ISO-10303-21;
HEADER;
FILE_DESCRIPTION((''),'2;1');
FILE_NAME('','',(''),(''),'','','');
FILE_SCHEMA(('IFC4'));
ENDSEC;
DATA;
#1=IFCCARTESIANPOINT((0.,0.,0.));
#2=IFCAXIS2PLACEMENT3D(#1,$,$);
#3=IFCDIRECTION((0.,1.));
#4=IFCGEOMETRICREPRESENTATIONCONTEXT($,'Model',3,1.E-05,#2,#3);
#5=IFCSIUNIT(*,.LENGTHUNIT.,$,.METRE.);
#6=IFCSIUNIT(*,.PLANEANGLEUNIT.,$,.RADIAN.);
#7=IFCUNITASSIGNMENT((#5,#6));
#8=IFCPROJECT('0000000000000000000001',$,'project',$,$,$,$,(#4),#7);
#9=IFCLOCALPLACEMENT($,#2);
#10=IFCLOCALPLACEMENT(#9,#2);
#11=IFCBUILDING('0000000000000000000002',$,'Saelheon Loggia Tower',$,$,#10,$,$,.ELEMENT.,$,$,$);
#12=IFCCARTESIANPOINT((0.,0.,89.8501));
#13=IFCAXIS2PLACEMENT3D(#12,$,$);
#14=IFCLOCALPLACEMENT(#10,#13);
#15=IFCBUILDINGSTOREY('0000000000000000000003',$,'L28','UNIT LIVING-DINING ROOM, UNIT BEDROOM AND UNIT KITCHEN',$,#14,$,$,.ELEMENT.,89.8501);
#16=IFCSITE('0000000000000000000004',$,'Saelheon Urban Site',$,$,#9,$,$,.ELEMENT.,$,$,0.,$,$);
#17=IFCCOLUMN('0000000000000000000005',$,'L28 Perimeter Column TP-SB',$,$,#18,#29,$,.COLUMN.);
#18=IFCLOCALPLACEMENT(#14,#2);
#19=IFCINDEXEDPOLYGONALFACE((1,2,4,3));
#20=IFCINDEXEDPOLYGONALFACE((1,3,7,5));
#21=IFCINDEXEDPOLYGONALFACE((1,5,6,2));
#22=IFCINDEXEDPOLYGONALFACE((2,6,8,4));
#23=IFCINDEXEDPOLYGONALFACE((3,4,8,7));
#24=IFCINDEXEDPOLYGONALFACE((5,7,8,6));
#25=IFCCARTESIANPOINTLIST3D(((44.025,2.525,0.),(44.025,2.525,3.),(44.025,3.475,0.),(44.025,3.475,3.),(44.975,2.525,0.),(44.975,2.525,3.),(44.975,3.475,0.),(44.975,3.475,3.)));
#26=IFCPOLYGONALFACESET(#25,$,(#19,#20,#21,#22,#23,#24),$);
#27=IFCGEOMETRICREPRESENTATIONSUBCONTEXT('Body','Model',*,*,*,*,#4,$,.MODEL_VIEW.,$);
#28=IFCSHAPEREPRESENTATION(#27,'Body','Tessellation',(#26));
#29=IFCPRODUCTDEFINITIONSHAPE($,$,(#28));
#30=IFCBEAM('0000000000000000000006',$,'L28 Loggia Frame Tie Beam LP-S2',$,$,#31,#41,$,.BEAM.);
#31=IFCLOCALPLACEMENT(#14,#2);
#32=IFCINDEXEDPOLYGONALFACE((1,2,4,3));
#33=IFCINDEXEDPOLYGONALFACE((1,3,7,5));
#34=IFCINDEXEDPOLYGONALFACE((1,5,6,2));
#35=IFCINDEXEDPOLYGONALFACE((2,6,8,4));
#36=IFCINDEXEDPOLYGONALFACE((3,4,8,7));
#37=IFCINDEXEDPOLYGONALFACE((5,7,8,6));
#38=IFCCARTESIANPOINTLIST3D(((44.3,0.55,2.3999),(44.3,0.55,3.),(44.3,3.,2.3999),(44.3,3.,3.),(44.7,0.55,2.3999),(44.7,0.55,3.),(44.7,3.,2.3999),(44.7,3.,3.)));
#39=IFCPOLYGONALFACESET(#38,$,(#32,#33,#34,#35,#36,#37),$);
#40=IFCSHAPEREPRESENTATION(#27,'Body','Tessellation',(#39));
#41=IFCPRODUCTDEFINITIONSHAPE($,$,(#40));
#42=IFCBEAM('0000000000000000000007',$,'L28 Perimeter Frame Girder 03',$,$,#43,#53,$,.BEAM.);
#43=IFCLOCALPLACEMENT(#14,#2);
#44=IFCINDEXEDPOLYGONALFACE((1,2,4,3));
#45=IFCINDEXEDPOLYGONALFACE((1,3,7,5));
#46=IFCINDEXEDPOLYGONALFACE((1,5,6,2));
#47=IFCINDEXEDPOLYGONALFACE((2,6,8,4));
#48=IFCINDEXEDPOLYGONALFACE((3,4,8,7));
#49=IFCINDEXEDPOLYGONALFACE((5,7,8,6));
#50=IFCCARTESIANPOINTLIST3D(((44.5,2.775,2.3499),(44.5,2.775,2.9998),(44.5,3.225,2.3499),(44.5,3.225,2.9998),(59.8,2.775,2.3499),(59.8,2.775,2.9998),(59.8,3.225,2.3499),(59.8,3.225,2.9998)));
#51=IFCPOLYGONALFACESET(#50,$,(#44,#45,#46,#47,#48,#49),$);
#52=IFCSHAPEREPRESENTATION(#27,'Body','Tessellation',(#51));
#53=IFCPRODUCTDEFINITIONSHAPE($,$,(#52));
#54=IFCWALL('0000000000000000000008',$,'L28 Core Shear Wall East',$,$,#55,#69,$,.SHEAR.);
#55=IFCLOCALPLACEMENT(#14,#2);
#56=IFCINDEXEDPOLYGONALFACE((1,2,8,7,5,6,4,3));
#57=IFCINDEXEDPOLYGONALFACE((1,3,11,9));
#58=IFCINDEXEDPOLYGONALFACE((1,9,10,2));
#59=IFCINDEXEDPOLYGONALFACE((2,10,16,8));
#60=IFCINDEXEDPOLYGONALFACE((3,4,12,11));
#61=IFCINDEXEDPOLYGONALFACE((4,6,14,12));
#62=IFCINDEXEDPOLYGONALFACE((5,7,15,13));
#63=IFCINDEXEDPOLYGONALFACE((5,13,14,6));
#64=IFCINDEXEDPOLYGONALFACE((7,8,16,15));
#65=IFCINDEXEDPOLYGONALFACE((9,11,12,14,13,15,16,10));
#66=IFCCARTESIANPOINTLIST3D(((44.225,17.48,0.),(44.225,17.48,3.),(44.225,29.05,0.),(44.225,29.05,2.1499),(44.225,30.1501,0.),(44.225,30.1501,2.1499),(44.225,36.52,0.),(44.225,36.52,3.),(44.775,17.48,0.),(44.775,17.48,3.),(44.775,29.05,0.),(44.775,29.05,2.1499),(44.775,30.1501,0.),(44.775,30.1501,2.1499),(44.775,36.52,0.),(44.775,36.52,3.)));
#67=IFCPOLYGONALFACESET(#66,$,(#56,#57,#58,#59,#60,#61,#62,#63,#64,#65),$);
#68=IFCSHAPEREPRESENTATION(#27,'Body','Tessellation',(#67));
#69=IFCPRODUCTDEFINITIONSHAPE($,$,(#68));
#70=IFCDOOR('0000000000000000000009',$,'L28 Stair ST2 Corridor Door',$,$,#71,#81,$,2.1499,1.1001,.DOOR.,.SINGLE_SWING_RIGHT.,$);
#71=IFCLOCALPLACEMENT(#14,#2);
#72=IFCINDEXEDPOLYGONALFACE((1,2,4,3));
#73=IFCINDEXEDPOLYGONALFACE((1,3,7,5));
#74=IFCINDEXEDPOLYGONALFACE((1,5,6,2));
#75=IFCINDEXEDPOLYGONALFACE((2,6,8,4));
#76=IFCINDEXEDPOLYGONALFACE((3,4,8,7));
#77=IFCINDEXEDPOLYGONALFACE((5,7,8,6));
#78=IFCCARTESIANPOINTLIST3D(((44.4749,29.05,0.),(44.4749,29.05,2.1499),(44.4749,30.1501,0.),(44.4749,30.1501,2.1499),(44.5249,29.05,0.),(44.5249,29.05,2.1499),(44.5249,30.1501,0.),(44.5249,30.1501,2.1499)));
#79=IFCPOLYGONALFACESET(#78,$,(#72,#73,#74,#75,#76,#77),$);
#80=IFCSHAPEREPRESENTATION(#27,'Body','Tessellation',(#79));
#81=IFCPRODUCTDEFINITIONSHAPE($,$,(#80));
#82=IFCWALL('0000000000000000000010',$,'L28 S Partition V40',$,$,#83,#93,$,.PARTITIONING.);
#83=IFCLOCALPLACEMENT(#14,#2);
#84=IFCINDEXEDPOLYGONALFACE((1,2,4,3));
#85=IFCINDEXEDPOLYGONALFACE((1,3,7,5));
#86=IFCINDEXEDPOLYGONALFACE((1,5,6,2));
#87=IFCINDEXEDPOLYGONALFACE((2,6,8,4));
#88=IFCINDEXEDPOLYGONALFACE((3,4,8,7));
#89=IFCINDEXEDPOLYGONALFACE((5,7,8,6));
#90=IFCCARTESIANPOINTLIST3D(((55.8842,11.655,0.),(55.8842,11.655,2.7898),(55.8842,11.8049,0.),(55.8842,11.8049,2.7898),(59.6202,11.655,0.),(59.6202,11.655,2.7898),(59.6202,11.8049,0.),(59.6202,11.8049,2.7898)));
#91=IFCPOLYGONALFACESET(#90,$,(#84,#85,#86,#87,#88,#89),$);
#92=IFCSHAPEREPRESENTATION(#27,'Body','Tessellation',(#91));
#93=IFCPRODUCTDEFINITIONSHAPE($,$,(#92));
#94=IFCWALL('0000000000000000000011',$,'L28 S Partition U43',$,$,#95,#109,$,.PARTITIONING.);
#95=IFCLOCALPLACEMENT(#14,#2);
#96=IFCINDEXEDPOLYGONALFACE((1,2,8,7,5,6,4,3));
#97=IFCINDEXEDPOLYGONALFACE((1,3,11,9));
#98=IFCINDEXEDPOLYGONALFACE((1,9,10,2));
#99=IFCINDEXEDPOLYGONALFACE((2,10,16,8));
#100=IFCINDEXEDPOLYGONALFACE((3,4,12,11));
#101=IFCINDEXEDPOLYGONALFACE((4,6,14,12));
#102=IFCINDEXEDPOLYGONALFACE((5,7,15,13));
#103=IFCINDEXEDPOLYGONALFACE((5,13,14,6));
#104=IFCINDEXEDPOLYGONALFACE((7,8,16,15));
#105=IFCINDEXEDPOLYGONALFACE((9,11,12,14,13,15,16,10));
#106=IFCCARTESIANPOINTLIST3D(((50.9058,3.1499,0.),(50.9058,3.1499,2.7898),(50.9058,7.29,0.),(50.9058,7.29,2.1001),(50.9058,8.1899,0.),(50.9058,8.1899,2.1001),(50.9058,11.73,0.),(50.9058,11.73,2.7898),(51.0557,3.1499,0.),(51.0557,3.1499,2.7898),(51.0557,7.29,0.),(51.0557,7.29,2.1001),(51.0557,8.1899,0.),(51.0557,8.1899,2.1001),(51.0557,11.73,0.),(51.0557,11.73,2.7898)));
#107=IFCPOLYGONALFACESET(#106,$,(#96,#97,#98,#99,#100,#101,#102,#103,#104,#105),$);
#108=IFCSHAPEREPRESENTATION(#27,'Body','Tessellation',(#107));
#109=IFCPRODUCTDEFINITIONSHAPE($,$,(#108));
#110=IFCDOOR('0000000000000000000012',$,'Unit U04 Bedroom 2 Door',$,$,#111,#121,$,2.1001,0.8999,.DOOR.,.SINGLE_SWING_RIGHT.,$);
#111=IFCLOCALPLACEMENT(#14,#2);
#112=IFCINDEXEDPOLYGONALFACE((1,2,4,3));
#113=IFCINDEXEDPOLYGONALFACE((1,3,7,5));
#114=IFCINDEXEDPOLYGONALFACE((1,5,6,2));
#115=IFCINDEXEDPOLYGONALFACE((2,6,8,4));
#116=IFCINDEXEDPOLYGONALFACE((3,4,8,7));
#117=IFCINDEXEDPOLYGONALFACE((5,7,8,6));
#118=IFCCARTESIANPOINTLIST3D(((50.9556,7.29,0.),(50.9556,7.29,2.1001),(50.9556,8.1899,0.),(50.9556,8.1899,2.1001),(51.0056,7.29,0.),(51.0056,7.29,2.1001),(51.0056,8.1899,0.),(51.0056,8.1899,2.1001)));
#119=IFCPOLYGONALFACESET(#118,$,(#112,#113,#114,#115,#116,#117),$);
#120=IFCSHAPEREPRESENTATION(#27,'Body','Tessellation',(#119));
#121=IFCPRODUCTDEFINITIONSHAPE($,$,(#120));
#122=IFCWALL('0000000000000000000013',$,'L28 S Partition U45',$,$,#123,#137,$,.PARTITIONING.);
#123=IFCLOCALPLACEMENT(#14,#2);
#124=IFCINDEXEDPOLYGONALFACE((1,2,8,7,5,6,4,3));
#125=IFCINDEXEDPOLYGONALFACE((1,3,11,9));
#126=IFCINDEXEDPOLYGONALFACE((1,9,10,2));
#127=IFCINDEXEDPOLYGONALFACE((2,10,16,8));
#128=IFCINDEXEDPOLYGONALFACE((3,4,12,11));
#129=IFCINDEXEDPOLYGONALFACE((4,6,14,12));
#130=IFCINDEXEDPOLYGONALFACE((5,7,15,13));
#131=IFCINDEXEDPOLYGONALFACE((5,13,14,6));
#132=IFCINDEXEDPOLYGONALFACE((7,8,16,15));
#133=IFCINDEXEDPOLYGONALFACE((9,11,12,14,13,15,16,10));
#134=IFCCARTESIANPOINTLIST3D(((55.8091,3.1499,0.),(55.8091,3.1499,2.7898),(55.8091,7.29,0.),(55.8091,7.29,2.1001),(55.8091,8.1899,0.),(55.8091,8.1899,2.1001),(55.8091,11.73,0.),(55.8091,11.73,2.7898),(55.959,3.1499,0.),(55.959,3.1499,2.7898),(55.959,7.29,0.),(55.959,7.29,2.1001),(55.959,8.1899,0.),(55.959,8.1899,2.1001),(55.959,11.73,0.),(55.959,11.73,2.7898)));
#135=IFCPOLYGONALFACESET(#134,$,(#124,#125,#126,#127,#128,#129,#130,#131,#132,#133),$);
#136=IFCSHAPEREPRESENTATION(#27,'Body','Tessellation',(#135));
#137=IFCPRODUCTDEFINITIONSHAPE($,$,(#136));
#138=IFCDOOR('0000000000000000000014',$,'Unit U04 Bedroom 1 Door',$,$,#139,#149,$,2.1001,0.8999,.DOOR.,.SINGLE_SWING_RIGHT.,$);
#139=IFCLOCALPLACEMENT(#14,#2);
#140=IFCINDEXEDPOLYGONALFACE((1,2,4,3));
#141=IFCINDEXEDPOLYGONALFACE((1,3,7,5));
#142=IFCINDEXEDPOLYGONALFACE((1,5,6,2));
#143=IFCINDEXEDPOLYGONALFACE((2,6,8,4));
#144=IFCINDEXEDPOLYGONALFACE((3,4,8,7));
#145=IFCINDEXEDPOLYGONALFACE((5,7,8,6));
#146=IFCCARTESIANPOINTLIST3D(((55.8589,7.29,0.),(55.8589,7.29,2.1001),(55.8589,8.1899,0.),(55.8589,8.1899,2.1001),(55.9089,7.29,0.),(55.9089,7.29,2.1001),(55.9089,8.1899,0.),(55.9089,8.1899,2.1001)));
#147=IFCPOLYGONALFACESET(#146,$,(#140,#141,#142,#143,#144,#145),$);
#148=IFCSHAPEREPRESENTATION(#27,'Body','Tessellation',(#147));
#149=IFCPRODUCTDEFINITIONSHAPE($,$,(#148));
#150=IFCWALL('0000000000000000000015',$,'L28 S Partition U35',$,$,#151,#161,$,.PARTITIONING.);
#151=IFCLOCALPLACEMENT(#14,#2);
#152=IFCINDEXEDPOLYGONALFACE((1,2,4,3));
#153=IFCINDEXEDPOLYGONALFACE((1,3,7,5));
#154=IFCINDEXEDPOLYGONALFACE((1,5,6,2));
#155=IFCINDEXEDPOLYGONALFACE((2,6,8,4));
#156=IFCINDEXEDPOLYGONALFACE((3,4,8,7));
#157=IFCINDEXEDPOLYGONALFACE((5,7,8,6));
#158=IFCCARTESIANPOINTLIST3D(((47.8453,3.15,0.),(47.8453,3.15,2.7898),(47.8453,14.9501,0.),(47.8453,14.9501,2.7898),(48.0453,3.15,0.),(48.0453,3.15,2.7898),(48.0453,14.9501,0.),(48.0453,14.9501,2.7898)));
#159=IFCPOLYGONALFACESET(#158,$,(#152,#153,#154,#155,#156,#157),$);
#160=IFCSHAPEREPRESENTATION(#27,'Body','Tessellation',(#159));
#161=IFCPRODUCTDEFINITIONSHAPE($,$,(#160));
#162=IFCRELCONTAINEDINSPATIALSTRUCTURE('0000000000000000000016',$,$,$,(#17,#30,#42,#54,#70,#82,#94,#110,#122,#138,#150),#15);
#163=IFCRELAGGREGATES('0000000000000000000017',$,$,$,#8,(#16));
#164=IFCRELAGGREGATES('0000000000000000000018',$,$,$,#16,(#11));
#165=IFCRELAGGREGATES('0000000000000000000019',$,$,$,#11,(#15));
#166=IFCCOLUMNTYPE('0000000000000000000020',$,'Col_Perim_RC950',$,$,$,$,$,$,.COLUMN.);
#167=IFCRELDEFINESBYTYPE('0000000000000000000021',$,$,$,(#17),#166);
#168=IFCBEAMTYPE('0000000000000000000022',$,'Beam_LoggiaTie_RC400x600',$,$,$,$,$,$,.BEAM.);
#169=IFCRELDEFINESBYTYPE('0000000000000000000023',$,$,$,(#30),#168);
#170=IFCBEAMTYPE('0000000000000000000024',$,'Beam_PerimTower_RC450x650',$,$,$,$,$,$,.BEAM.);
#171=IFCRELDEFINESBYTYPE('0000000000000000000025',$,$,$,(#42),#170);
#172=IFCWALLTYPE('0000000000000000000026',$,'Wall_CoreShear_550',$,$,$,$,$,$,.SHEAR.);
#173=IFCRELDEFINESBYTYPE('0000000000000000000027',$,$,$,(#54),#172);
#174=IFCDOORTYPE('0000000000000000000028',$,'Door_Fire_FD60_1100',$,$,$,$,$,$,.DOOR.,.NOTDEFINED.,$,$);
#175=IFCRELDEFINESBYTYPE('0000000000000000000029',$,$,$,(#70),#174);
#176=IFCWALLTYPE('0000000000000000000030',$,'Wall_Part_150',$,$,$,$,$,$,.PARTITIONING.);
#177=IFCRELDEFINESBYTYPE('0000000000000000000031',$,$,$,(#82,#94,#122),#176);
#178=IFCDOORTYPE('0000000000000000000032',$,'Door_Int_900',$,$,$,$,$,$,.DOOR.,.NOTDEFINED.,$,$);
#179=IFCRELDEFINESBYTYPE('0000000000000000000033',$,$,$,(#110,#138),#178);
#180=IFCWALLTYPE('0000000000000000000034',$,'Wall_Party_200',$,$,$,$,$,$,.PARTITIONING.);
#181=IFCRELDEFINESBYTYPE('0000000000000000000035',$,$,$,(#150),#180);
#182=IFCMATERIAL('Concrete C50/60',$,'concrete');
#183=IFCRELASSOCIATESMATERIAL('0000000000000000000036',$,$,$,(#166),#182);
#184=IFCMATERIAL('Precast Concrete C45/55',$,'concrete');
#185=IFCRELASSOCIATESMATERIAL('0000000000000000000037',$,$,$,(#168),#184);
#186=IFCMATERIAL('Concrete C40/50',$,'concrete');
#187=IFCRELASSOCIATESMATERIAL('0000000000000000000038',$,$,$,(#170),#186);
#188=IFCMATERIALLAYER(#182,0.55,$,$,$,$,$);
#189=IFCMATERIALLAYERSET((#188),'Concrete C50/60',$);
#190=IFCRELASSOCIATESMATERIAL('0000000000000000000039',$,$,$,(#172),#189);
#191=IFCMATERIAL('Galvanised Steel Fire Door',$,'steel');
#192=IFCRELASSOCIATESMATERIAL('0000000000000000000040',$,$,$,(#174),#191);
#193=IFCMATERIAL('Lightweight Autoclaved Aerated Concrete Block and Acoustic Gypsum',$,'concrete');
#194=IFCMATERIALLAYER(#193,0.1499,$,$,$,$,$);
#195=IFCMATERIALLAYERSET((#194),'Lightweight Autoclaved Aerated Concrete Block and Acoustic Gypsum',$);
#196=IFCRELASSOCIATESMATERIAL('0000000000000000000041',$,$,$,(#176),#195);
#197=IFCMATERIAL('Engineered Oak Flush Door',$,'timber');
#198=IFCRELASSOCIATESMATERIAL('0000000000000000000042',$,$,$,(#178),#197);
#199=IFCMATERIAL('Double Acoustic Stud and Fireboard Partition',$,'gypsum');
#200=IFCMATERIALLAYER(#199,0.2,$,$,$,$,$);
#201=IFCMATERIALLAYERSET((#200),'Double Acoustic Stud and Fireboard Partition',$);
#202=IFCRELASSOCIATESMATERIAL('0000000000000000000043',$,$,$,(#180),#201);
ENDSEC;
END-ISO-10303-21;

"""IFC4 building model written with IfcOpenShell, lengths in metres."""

from ifc_helpers import new_model, si_unit, direction, frame, frame_2d, origin, origin_2d, place, context, subcontext, project, spatial, rectangle, extrude, source, transform, mapped, material, layer, layer_set, material_profile, profile_set, type_object, element, fill, save


model = new_model("IFC4")

# Units and contexts
model_context = context("Model", 3, precision=1e-05, world=origin(), true_north=direction((0.0, 1.0)))
body_context = subcontext(model_context, "Body", "Model", "MODEL_VIEW")
ifc_project = project(units=[si_unit("LENGTHUNIT", "METRE"), si_unit("PLANEANGLEUNIT", "RADIAN")], contexts=[model_context])

# Site, building, storey
site_placement = place(None, origin())
site = spatial("IfcSite", under=ifc_project, at=site_placement, Name="Saelheon Urban Site", CompositionType="ELEMENT", RefElevation=0.0)
building_placement = place(site_placement, origin())
building = spatial("IfcBuilding", under=site, at=building_placement, Name="Saelheon Loggia Tower", CompositionType="ELEMENT")
storey_placement = place(building_placement, frame((0.0, 0.0, 89.8501)))
storey = spatial("IfcBuildingStorey", under=building, at=storey_placement, Name="L28", Description="UNIT LIVING-DINING ROOM, UNIT BEDROOM AND UNIT KITCHEN", CompositionType="ELEMENT", Elevation=89.8501)

# Column
ifc_material_1 = material(Name="Concrete C50/60", Category="concrete")
ifc_material_profile_1 = material_profile(ifc_material_1, rectangle(XDim=0.95, YDim=0.95, at=origin_2d()), Name="RC-950x950")
ifc_profile_set_1 = profile_set([ifc_material_profile_1], Name="Concrete C50/60")
column_type = type_object("IfcColumnType", Name="Col_Perim_RC950", PredefinedType="COLUMN", material=ifc_profile_set_1)
shared_shape_1 = source(origin(), body_context, "Body", "SweptSolid", [
    extrude(rectangle(XDim=0.95, YDim=0.95, at=origin_2d()), origin(), (0.0, 0.0, 1.0), 3.0),
])
column_placement = place(storey_placement, frame((44.5, 3.0, 0.0), z_axis=(0.0, 0.0, 1.0), x_axis=(1.0, 0.0, 0.0)))
element("IfcColumn", 1, at=column_placement, inside=storey, type_object=column_type, Name="L28 Perimeter Column TP-SB", PredefinedType="COLUMN", context=body_context, shape_type="MappedRepresentation", body=[
    mapped(shared_shape_1, transform((0.0, 0.0, 0.0), scale=1.0)),
])

# Beams
ifc_material_2 = material(Name="Precast Concrete C45/55", Category="concrete")
ifc_material_profile_2 = material_profile(ifc_material_2, rectangle(XDim=0.3999, YDim=0.6001, at=origin_2d()), Name="RC-400x600")
ifc_profile_set_2 = profile_set([ifc_material_profile_2], Name="Precast Concrete C45/55")
beam_type_1 = type_object("IfcBeamType", Name="Beam_LoggiaTie_RC400x600", PredefinedType="BEAM", material=ifc_profile_set_2)
shared_shape_2 = source(origin(), body_context, "Body", "SweptSolid", [
    extrude(rectangle(XDim=0.3999, YDim=0.6001, at=origin_2d()), origin(), (0.0, 0.0, 1.0), 2.45),
])
beam_1_placement = place(storey_placement, frame((44.5, 3.0, 2.7), z_axis=(0.0, -1.0, 0.0), x_axis=(1.0, 0.0, 0.0)))
element("IfcBeam", 2, at=beam_1_placement, inside=storey, type_object=beam_type_1, Name="L28 Loggia Frame Tie Beam LP-S2", PredefinedType="BEAM", context=body_context, shape_type="MappedRepresentation", body=[
    mapped(shared_shape_2, transform((0.0, 0.0, 0.0), scale=1.0)),
])
ifc_material_3 = material(Name="Concrete C40/50", Category="concrete")
ifc_material_profile_3 = material_profile(ifc_material_3, rectangle(XDim=0.45, YDim=0.6499, at=origin_2d()), Name="RC-450x650")
ifc_profile_set_3 = profile_set([ifc_material_profile_3], Name="Concrete C40/50")
beam_type_2 = type_object("IfcBeamType", Name="Beam_PerimTower_RC450x650", PredefinedType="BEAM", material=ifc_profile_set_3)
shared_shape_3 = source(origin(), body_context, "Body", "SweptSolid", [
    extrude(rectangle(XDim=0.45, YDim=0.6499, at=origin_2d()), origin(), (0.0, 0.0, 1.0), 15.3),
])
beam_2_placement = place(storey_placement, frame((44.5, 3.0, 2.6748), z_axis=(1.0, 0.0, 0.0), x_axis=(0.0, 1.0, 0.0)))
element("IfcBeam", 3, at=beam_2_placement, inside=storey, type_object=beam_type_2, Name="L28 Perimeter Frame Girder 03", PredefinedType="BEAM", context=body_context, shape_type="MappedRepresentation", body=[
    mapped(shared_shape_3, transform((0.0, 0.0, 0.0), scale=1.0)),
])

# Wall, opening, door
ifc_layer_1 = layer(ifc_material_1, 0.55)
ifc_layer_set_1 = layer_set([ifc_layer_1], Name="Concrete C50/60")
wall_type_1 = type_object("IfcWallType", Name="Wall_CoreShear_550", PredefinedType="SHEAR", material=ifc_layer_set_1)
wall_1_placement = place(storey_placement, frame((44.5, 17.48, 0.0), z_axis=(0.0, 0.0, 1.0), x_axis=(0.0, 1.0, 0.0)))
wall_1 = element("IfcWall", 4, at=wall_1_placement, inside=storey, type_object=wall_type_1, Name="L28 Core Shear Wall East", PredefinedType="SHEAR", context=body_context, shape_type="SweptSolid", body=[
    extrude(rectangle(XDim=19.04, YDim=0.55, at=frame_2d((9.52, 0.0))), origin(), (0.0, 0.0, 1.0), 3.0),
])
opening_1_placement = place(wall_1_placement, frame((12.6702, 0.0, 0.0), z_axis=(0.0, 0.0, 1.0), x_axis=(-1.0, 0.0, 0.0)))
opening_1 = element("IfcOpeningElement", 5, at=opening_1_placement, cuts=wall_1, PredefinedType="OPENING", context=body_context, shape_type="SweptSolid", body=[
    extrude(rectangle(XDim=1.1001, YDim=2.1499, at=frame_2d((0.55, 1.075))), frame((0.0, 0.2871, 0.0), z_axis=(0.0, -1.0, 0.0), x_axis=(1.0, 0.0, 0.0)), (0.0, 0.0, 1.0), 0.574),
])
ifc_material_4 = material(Name="Galvanised Steel Fire Door", Category="steel")
door_type_1 = type_object("IfcDoorType", Name="Door_Fire_FD60_1100", OperationType="NOTDEFINED", PredefinedType="DOOR", material=ifc_material_4)
shared_shape_4 = source(origin(), body_context, "Body", "SweptSolid", [
    extrude(rectangle(XDim=1.1001, YDim=2.1499, at=frame_2d((0.55, 1.075))), frame((0.0, 0.0249, 0.0), z_axis=(0.0, -1.0, 0.0), x_axis=(1.0, 0.0, 0.0)), (0.0, 0.0, 1.0), 0.05),
])
door_1_placement = place(opening_1_placement, origin())
door_1 = element("IfcDoor", 6, at=door_1_placement, inside=storey, type_object=door_type_1, Name="L28 Stair ST2 Corridor Door", OperationType="SINGLE_SWING_RIGHT", OverallHeight=2.1499, OverallWidth=1.1001, PredefinedType="DOOR", context=body_context, shape_type="MappedRepresentation", body=[
    mapped(shared_shape_4, transform((0.0, 0.0, 0.0), scale=1.0)),
])
fill(opening_1, door_1)

# Wall
ifc_material_5 = material(Name="Lightweight Autoclaved Aerated Concrete Block and Acoustic Gypsum", Category="concrete")
ifc_layer_2 = layer(ifc_material_5, 0.1499)
ifc_layer_set_2 = layer_set([ifc_layer_2], Name="Lightweight Autoclaved Aerated Concrete Block and Acoustic Gypsum")
wall_type_2 = type_object("IfcWallType", Name="Wall_Part_150", PredefinedType="PARTITIONING", material=ifc_layer_set_2)
wall_2_placement = place(storey_placement, frame((55.884, 11.73, 0.0), z_axis=(0.0, 0.0, 1.0), x_axis=(1.0, 0.0, 0.0)))
element("IfcWall", 7, at=wall_2_placement, inside=storey, type_object=wall_type_2, Name="L28 S Partition V40", PredefinedType="PARTITIONING", context=body_context, shape_type="SweptSolid", body=[
    extrude(rectangle(XDim=3.7361, YDim=0.1499, at=frame_2d((1.8682, 0.0))), origin(), (0.0, 0.0, 1.0), 2.7898),
])

# Walls, openings, doors
wall_3_placement = place(storey_placement, frame((50.9807, 11.73, 0.0), z_axis=(0.0, 0.0, 1.0), x_axis=(0.0, -1.0, 0.0)))
wall_3 = element("IfcWall", 8, at=wall_3_placement, inside=storey, type_object=wall_type_2, Name="L28 S Partition U43", PredefinedType="PARTITIONING", context=body_context, shape_type="SweptSolid", body=[
    extrude(rectangle(XDim=8.5801, YDim=0.1499, at=frame_2d((4.29, 0.0))), origin(), (0.0, 0.0, 1.0), 2.7898),
])
opening_2_placement = place(wall_3_placement, frame((3.54, 0.0, 0.0)))
opening_2 = element("IfcOpeningElement", 9, at=opening_2_placement, cuts=wall_3, PredefinedType="OPENING", context=body_context, shape_type="SweptSolid", body=[
    extrude(rectangle(XDim=0.8999, YDim=2.1001, at=frame_2d((0.45, 1.05))), frame((0.0, 0.0869, 0.0), z_axis=(0.0, -1.0, 0.0), x_axis=(1.0, 0.0, 0.0)), (0.0, 0.0, 1.0), 0.1738),
])
ifc_material_6 = material(Name="Engineered Oak Flush Door", Category="timber")
door_type_2 = type_object("IfcDoorType", Name="Door_Int_900", OperationType="NOTDEFINED", PredefinedType="DOOR", material=ifc_material_6)
shared_shape_5 = source(origin(), body_context, "Body", "SweptSolid", [
    extrude(rectangle(XDim=0.8999, YDim=2.1001, at=frame_2d((0.45, 1.05))), frame((0.0, 0.0249, 0.0), z_axis=(0.0, -1.0, 0.0), x_axis=(1.0, 0.0, 0.0)), (0.0, 0.0, 1.0), 0.05),
])
door_2_placement = place(opening_2_placement, origin())
door_2 = element("IfcDoor", 10, at=door_2_placement, inside=storey, type_object=door_type_2, Name="Unit U04 Bedroom 2 Door", OperationType="SINGLE_SWING_RIGHT", OverallHeight=2.1001, OverallWidth=0.8999, PredefinedType="DOOR", context=body_context, shape_type="MappedRepresentation", body=[
    mapped(shared_shape_5, transform((0.0, 0.0, 0.0), scale=1.0)),
])
fill(opening_2, door_2)
wall_4_placement = place(storey_placement, frame((55.884, 11.73, 0.0), z_axis=(0.0, 0.0, 1.0), x_axis=(0.0, -1.0, 0.0)))
wall_4 = element("IfcWall", 11, at=wall_4_placement, inside=storey, type_object=wall_type_2, Name="L28 S Partition U45", PredefinedType="PARTITIONING", context=body_context, shape_type="SweptSolid", body=[
    extrude(rectangle(XDim=8.5801, YDim=0.1499, at=frame_2d((4.29, 0.0))), origin(), (0.0, 0.0, 1.0), 2.7898),
])
opening_3_placement = place(wall_4_placement, frame((3.54, 0.0, 0.0)))
opening_3 = element("IfcOpeningElement", 12, at=opening_3_placement, cuts=wall_4, PredefinedType="OPENING", context=body_context, shape_type="SweptSolid", body=[
    extrude(rectangle(XDim=0.8999, YDim=2.1001, at=frame_2d((0.45, 1.05))), frame((0.0, 0.0869, 0.0), z_axis=(0.0, -1.0, 0.0), x_axis=(1.0, 0.0, 0.0)), (0.0, 0.0, 1.0), 0.1738),
])
door_3_placement = place(opening_3_placement, origin())
door_3 = element("IfcDoor", 13, at=door_3_placement, inside=storey, type_object=door_type_2, Name="Unit U04 Bedroom 1 Door", OperationType="SINGLE_SWING_RIGHT", OverallHeight=2.1001, OverallWidth=0.8999, PredefinedType="DOOR", context=body_context, shape_type="MappedRepresentation", body=[
    mapped(shared_shape_5, transform((0.0, 0.0, 0.0), scale=1.0)),
])
fill(opening_3, door_3)

# Wall
ifc_material_7 = material(Name="Double Acoustic Stud and Fireboard Partition", Category="gypsum")
ifc_layer_3 = layer(ifc_material_7, 0.2)
ifc_layer_set_3 = layer_set([ifc_layer_3], Name="Double Acoustic Stud and Fireboard Partition")
wall_type_3 = type_object("IfcWallType", Name="Wall_Party_200", PredefinedType="PARTITIONING", material=ifc_layer_set_3)
wall_5_placement = place(storey_placement, frame((47.9453, 14.95, 0.0), z_axis=(0.0, 0.0, 1.0), x_axis=(0.0, -1.0, 0.0)))
element("IfcWall", 14, at=wall_5_placement, inside=storey, type_object=wall_type_3, Name="L28 S Partition U35", PredefinedType="PARTITIONING", context=body_context, shape_type="SweptSolid", body=[
    extrude(rectangle(XDim=11.8, YDim=0.2, at=frame_2d((5.8999, 0.0))), origin(), (0.0, 0.0, 1.0), 2.7898),
])

save(model, "model.ifc")
